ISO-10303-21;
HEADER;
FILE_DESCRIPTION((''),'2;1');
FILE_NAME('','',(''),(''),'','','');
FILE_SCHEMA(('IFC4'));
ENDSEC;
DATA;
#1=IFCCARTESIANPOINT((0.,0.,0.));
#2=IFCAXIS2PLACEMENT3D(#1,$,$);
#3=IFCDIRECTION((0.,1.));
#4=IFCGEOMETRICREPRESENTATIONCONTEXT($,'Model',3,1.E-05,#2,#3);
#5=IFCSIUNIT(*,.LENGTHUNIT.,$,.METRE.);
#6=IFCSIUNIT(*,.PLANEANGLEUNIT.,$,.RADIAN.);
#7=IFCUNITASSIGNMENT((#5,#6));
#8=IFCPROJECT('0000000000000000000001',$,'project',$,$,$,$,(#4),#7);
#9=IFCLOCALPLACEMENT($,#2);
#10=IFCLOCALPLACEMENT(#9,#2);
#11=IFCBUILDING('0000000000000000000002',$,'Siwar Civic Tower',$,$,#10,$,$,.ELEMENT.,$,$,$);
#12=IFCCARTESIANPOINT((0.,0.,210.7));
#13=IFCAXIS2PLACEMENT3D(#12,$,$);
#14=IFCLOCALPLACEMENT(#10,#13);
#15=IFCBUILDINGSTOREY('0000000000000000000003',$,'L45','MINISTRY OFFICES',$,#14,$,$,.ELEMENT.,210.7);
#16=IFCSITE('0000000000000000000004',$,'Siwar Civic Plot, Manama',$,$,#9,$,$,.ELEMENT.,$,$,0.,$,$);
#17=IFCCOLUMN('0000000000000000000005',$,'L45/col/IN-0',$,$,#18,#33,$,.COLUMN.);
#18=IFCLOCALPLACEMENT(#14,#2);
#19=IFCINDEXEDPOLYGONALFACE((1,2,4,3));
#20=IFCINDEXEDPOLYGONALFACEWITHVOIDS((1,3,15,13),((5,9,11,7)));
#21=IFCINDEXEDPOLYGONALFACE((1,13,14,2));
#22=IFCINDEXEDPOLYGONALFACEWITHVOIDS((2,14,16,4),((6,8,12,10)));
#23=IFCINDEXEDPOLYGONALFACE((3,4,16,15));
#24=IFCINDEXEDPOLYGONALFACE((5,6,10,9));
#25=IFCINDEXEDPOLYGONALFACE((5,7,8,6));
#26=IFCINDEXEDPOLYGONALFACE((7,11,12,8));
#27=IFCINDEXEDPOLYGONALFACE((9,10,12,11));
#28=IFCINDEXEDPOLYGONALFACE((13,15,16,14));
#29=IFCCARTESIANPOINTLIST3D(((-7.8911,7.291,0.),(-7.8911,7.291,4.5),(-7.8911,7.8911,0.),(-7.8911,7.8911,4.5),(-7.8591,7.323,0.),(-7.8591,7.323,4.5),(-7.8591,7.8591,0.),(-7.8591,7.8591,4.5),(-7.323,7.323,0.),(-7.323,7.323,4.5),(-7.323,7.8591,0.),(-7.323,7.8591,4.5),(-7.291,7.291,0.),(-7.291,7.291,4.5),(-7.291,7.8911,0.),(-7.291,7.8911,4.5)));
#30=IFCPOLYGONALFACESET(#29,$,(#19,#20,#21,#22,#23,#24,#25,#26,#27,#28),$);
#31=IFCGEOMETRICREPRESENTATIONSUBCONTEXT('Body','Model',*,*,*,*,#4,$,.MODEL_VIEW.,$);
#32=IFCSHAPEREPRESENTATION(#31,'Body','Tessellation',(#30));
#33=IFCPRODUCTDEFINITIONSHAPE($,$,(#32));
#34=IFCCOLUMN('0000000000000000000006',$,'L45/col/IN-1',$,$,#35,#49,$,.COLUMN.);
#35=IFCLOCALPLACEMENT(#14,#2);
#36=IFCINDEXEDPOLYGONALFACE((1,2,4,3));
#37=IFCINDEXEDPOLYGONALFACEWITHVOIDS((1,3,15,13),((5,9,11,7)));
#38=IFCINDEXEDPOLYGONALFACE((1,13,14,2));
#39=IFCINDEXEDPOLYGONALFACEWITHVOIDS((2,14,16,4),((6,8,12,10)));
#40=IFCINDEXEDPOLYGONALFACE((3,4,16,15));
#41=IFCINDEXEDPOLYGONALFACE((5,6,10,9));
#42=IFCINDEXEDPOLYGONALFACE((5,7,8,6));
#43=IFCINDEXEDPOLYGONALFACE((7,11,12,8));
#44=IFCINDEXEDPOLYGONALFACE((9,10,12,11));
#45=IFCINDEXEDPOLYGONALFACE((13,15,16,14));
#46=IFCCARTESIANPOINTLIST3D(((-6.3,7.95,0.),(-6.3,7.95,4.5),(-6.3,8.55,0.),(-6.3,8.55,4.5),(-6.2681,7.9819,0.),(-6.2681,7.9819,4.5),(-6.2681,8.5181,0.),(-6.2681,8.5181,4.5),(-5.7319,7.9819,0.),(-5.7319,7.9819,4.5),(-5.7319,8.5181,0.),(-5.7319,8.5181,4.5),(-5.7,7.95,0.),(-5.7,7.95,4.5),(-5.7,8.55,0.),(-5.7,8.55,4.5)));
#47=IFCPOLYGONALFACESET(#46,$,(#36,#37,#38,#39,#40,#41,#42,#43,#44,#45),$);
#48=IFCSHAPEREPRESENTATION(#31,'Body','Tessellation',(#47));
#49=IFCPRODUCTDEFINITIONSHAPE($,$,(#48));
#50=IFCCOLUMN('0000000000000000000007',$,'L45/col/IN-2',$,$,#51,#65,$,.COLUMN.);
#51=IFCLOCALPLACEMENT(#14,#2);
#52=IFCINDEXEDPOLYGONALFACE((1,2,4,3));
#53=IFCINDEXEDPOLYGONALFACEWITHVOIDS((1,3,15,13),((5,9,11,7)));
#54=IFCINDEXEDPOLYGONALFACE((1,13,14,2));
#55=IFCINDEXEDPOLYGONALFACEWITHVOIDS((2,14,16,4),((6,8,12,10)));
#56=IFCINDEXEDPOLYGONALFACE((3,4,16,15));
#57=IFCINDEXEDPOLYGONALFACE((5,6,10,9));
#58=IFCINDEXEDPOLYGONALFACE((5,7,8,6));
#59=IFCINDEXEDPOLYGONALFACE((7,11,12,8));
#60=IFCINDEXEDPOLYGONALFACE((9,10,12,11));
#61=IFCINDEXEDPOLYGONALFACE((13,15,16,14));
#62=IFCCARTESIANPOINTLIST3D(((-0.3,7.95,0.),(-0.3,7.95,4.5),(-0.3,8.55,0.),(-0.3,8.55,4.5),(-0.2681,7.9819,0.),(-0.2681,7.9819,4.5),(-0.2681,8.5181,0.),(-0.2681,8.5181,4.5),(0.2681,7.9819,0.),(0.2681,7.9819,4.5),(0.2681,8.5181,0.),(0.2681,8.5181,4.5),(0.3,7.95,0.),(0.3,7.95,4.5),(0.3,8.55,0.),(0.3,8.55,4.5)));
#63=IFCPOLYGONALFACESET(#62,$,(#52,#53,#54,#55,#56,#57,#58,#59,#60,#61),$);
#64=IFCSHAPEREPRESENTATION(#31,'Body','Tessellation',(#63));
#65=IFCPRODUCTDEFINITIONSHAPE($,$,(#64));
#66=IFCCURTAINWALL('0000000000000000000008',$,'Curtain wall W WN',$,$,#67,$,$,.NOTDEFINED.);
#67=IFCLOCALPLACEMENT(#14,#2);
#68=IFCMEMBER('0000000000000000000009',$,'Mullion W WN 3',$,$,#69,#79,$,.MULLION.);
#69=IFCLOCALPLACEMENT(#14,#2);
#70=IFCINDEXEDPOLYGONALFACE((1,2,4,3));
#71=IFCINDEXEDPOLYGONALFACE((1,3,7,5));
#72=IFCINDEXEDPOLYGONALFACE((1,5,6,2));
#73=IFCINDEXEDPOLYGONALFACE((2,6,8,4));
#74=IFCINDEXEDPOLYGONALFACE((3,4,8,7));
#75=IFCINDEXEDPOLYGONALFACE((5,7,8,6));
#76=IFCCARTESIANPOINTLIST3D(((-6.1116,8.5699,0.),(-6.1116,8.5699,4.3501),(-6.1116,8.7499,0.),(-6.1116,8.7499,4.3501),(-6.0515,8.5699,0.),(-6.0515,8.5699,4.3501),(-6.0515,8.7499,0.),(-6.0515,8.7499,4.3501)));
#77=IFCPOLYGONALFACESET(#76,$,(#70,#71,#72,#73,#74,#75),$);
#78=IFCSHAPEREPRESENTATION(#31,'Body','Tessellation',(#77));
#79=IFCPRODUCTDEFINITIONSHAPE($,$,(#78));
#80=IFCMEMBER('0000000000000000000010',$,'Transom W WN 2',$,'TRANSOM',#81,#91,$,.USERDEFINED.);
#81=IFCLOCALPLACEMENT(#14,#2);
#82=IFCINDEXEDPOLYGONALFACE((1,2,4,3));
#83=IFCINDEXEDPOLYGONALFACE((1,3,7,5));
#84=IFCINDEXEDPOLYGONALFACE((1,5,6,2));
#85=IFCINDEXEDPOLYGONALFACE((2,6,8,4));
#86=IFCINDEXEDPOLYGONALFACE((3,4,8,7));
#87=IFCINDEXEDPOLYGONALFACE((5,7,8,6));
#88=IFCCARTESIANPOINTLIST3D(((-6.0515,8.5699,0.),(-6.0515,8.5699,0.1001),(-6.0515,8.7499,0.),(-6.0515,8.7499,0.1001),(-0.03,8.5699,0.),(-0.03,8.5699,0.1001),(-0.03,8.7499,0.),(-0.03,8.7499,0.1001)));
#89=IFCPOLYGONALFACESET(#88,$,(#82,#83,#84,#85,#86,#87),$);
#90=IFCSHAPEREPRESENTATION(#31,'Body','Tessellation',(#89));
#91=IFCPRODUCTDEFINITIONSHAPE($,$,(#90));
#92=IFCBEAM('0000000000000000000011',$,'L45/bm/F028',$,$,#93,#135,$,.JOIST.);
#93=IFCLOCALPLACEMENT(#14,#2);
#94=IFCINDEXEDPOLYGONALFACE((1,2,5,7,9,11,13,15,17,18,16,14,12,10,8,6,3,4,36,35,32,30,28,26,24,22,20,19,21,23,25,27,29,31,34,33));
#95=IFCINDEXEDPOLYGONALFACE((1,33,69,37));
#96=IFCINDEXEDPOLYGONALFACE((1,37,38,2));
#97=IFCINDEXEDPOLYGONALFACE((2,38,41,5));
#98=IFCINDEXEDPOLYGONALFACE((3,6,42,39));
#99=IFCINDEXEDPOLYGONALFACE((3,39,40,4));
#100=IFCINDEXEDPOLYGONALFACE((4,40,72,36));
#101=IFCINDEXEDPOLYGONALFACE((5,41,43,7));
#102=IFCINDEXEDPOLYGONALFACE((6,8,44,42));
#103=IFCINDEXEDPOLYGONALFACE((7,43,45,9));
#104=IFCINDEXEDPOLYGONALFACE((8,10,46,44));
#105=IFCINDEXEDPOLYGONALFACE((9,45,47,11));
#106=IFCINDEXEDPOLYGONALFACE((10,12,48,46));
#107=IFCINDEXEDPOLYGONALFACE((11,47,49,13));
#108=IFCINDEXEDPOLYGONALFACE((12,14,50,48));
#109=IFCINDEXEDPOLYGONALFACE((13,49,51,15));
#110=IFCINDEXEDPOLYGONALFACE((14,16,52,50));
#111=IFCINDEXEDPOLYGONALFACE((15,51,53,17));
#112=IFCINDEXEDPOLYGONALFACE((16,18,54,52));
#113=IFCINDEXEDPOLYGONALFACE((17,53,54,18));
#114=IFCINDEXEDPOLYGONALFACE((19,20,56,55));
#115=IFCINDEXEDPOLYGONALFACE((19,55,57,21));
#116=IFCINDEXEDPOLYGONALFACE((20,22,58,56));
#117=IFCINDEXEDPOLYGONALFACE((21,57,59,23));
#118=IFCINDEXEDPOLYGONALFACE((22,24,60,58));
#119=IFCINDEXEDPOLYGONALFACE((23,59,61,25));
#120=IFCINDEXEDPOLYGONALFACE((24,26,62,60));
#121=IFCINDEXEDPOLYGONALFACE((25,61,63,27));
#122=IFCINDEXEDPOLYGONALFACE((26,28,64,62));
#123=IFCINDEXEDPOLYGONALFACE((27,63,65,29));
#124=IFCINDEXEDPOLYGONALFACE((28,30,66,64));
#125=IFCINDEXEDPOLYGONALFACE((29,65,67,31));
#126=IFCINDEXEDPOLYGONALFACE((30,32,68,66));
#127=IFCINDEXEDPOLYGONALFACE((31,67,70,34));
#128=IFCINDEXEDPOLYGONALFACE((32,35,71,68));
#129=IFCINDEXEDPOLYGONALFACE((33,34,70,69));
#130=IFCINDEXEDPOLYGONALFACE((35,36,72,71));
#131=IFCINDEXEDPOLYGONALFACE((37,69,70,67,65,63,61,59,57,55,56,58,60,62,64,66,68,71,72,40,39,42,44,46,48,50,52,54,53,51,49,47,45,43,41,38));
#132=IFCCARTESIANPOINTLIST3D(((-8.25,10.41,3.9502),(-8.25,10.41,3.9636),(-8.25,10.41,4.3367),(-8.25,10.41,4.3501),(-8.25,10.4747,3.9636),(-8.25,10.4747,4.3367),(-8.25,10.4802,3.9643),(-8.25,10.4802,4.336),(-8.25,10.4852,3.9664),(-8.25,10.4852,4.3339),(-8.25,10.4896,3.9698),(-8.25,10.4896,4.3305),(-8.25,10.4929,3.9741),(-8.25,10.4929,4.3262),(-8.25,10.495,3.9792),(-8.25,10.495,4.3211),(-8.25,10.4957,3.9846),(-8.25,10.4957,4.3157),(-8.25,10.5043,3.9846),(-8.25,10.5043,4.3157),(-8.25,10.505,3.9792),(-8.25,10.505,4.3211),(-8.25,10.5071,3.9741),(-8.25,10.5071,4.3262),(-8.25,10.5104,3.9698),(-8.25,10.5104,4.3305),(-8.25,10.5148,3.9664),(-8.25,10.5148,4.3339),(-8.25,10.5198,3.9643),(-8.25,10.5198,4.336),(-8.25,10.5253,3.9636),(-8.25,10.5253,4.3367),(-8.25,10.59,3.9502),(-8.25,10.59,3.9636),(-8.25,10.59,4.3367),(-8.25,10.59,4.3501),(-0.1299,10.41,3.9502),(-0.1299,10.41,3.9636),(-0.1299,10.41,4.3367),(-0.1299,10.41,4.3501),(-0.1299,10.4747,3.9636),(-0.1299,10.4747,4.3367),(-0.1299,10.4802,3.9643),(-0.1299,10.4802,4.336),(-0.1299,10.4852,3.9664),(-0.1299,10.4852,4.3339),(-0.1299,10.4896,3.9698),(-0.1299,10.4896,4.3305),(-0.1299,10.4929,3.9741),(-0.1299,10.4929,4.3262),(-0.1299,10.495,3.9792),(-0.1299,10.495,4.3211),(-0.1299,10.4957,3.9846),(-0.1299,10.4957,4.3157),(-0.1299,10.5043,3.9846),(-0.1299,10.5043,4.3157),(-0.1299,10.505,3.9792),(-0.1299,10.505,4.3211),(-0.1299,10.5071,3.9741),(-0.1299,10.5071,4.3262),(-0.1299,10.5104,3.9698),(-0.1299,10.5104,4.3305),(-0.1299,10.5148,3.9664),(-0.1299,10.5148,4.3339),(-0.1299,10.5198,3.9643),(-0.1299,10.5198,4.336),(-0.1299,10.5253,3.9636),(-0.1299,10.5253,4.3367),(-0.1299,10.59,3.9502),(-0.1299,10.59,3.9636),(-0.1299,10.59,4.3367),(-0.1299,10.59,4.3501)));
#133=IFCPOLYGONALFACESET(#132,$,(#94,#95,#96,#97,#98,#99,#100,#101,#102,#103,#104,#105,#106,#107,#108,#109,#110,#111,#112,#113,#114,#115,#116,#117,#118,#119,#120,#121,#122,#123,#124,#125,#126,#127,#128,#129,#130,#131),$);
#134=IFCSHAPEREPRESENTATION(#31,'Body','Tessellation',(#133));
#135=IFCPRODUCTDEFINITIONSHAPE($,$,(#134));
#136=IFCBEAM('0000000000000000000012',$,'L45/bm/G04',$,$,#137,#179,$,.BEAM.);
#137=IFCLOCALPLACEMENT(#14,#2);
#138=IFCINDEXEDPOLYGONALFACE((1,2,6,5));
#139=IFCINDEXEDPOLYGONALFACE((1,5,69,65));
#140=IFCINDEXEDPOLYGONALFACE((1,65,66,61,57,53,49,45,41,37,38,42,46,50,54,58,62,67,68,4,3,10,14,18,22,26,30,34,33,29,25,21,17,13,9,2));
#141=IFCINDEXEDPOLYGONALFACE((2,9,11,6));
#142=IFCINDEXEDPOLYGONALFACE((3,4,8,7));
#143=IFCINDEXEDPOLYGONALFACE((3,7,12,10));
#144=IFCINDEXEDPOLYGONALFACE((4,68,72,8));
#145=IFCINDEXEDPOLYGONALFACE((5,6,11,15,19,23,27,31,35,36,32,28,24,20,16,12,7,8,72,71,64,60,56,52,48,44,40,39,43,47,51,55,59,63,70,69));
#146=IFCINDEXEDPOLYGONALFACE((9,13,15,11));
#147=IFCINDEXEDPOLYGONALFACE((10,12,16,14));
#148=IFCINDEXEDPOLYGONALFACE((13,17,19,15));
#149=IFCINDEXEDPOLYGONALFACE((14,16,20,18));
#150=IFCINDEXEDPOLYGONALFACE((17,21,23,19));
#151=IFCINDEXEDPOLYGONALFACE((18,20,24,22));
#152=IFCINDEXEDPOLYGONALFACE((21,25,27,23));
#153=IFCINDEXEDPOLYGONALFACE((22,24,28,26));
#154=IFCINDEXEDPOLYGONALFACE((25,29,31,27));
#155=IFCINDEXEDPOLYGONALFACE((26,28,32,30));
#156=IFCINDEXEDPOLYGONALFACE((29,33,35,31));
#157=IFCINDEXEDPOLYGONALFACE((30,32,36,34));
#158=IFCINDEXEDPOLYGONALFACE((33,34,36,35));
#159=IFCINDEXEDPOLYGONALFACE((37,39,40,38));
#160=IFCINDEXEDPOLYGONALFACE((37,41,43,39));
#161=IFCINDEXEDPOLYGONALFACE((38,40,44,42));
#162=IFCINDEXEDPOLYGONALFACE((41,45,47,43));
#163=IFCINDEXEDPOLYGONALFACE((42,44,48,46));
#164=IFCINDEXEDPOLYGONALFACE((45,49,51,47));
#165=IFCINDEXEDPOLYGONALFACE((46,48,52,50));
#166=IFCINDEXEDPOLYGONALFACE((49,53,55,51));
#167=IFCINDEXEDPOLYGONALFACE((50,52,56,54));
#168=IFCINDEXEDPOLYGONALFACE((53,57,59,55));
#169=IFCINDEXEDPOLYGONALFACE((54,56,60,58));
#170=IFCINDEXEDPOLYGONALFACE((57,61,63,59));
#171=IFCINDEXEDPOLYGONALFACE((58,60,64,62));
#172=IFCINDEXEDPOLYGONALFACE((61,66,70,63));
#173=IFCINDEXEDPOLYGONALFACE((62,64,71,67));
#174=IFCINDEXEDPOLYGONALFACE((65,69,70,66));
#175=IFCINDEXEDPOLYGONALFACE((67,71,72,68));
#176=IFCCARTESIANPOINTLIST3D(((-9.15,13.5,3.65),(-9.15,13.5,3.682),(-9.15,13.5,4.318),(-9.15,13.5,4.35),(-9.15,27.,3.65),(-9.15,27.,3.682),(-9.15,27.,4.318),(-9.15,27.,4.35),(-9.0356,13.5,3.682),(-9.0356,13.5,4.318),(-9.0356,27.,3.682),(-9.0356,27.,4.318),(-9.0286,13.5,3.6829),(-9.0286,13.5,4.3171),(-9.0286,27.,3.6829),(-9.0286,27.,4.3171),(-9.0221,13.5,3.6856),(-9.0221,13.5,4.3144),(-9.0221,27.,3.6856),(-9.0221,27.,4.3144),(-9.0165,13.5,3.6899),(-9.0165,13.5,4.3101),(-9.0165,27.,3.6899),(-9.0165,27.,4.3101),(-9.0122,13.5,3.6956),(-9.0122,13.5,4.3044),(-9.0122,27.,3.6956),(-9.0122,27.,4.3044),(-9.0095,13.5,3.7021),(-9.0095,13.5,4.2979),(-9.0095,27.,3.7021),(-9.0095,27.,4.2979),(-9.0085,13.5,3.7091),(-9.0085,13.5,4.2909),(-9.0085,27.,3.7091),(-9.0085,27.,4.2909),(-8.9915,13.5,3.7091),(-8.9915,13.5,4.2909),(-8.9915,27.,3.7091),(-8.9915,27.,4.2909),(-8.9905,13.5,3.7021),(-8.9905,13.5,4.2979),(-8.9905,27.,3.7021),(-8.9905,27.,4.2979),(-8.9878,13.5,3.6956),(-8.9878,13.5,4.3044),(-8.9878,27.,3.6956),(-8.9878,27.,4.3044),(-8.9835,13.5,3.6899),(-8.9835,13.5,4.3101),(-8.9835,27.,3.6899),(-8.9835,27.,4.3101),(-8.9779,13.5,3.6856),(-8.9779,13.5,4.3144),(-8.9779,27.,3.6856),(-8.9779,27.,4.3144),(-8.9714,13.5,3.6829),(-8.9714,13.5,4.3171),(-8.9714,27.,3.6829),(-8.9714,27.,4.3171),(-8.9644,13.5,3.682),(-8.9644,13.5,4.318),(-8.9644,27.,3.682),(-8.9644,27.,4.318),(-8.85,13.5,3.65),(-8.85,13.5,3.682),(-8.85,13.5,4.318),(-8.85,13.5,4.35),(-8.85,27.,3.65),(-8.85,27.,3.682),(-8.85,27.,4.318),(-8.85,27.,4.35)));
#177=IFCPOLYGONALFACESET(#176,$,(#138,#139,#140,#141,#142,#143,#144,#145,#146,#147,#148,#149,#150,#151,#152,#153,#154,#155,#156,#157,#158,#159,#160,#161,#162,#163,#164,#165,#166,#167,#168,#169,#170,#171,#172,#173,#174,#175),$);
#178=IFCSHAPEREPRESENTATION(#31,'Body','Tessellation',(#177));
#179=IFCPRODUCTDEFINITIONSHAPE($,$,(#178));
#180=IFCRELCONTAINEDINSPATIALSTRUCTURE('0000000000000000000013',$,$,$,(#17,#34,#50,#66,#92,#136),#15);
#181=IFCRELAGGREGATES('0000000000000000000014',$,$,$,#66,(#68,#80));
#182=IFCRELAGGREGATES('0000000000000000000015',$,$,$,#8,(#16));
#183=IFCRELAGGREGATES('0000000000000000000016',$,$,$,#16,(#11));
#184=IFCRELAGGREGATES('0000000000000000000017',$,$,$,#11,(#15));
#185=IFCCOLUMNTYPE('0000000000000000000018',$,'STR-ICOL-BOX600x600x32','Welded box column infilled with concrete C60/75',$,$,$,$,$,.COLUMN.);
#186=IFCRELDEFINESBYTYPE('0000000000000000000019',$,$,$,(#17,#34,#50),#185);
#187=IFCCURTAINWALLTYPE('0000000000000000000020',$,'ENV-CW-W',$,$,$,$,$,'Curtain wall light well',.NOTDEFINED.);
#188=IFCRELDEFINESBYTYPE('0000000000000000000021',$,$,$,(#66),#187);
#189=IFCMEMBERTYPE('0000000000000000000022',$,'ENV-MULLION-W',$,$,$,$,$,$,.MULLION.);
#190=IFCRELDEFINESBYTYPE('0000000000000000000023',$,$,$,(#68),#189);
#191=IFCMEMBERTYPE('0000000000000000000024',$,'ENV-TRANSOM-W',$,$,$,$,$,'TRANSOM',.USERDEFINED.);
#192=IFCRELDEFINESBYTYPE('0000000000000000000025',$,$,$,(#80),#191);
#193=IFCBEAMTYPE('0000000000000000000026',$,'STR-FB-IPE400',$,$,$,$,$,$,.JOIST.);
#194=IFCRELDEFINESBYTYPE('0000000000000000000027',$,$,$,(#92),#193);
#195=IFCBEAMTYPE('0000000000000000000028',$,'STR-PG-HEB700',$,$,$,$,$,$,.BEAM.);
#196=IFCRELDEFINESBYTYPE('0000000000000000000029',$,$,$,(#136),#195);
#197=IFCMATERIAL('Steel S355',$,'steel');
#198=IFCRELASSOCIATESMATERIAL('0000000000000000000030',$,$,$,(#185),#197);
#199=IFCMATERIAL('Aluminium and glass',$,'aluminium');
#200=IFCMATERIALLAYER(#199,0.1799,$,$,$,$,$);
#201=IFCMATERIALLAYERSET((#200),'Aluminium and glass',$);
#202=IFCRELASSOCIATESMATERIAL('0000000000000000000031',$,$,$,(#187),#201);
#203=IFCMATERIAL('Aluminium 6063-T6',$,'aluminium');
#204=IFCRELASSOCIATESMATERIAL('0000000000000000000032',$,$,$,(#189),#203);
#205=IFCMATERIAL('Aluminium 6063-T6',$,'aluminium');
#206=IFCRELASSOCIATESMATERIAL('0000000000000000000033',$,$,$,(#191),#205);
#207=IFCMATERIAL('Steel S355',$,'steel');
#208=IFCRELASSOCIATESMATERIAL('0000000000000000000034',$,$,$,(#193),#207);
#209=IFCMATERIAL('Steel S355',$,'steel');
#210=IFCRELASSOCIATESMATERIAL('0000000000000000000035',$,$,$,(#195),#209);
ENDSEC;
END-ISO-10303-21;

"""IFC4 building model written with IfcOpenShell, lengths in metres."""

from ifc_helpers import new_model, si_unit, direction, frame, origin, origin_2d, place, context, subcontext, project, spatial, rectangle, hollow_rectangle, i_section, extrude, material, layer, layer_set, material_profile, profile_set, type_object, element, aggregate, save


model = new_model("IFC4")

# Units and contexts
model_context = context("Model", 3, precision=1e-05, world=origin(), true_north=direction((0.0, 1.0)))
body_context = subcontext(model_context, "Body", "Model", "MODEL_VIEW")
ifc_project = project(units=[si_unit("LENGTHUNIT", "METRE"), si_unit("PLANEANGLEUNIT", "RADIAN")], contexts=[model_context])

# Site, building, storey
site_placement = place(None, origin())
site = spatial("IfcSite", under=ifc_project, at=site_placement, Name="Siwar Civic Plot, Manama", CompositionType="ELEMENT", RefElevation=0.0)
building_placement = place(site_placement, origin())
building = spatial("IfcBuilding", under=site, at=building_placement, Name="Siwar Civic Tower", CompositionType="ELEMENT")
storey_placement = place(building_placement, frame((0.0, 0.0, 210.7)))
storey = spatial("IfcBuildingStorey", under=building, at=storey_placement, Name="L45", Description="MINISTRY OFFICES", CompositionType="ELEMENT", Elevation=210.7)

# Columns
ifc_material_1 = material(Name="Steel S355", Category="steel")
ifc_material_profile_1 = material_profile(ifc_material_1, hollow_rectangle(XDim=0.6001, YDim=0.6001, WallThickness=0.032, at=origin_2d()), Name="BOX600x600x32")
ifc_profile_set_1 = profile_set([ifc_material_profile_1], Name="Steel S355")
column_type = type_object("IfcColumnType", Name="STR-ICOL-BOX600x600x32", Description="Welded box column infilled with concrete C60/75", PredefinedType="COLUMN", material=ifc_profile_set_1)
for number, where, z_axis, x_axis, name in (
    (1, (-7.5911, 7.5911, 0.0), (0.0, 0.0, 1.0), (1.0, 0.0, 0.0), "L45/col/IN-0"),
    (2, (-6.0, 8.25, 0.0), (0.0, 0.0, 1.0), (1.0, 0.0, 0.0), "L45/col/IN-1"),
    (3, (0.0, 8.25, 0.0), (0.0, 0.0, 1.0), (1.0, 0.0, 0.0), "L45/col/IN-2"),
):
    element("IfcColumn", number, at=place(storey_placement, frame(where, z_axis=z_axis, x_axis=x_axis)), inside=storey, type_object=column_type, Name=name, PredefinedType="COLUMN", context=body_context, shape_type="SweptSolid", body=[
        extrude(hollow_rectangle(XDim=0.6001, YDim=0.6001, WallThickness=0.032, at=origin_2d()), origin(), (0.0, 0.0, 1.0), 4.5),
    ])

# Curtain wall, members
ifc_material_2 = material(Name="Aluminium and glass", Category="aluminium")
ifc_layer_1 = layer(ifc_material_2, 0.1799)
ifc_layer_set_1 = layer_set([ifc_layer_1], Name="Aluminium and glass")
curtain_wall_type = type_object("IfcCurtainWallType", Name="ENV-CW-W", ElementType="Curtain wall light well", PredefinedType="NOTDEFINED", material=ifc_layer_set_1)
curtain_wall_placement = place(storey_placement, origin())
curtain_wall = element("IfcCurtainWall", 4, at=curtain_wall_placement, inside=storey, type_object=curtain_wall_type, Name="Curtain wall W WN", PredefinedType="NOTDEFINED")
ifc_material_3 = material(Name="Aluminium 6063-T6", Category="aluminium")
ifc_material_profile_2 = material_profile(ifc_material_3, rectangle(XDim=0.1799, YDim=0.0601, at=origin_2d()), Name="AL 180x60")
ifc_profile_set_2 = profile_set([ifc_material_profile_2], Name="Aluminium 6063-T6")
member_type_1 = type_object("IfcMemberType", Name="ENV-MULLION-W", PredefinedType="MULLION", material=ifc_profile_set_2)
member_1_placement = place(storey_placement, frame((-6.0815, 8.6599, 0.0), z_axis=(0.0, 0.0, 1.0), x_axis=(0.0, -1.0, 0.0)))
member_1 = element("IfcMember", 5, at=member_1_placement, type_object=member_type_1, Name="Mullion W WN 3", PredefinedType="MULLION", context=body_context, shape_type="SweptSolid", body=[
    extrude(rectangle(XDim=0.1799, YDim=0.0601, at=origin_2d()), origin(), (0.0, 0.0, 1.0), 4.3501),
])
ifc_material_4 = material(Name="Aluminium 6063-T6", Category="aluminium")
ifc_material_profile_3 = material_profile(ifc_material_4, rectangle(XDim=0.1799, YDim=0.1001, at=origin_2d()), Name="AL 180x100")
ifc_profile_set_3 = profile_set([ifc_material_profile_3], Name="Aluminium 6063-T6")
member_type_2 = type_object("IfcMemberType", Name="ENV-TRANSOM-W", ElementType="TRANSOM", PredefinedType="USERDEFINED", material=ifc_profile_set_3)
member_2_placement = place(storey_placement, frame((-0.03, 8.6599, 0.05), z_axis=(-1.0, 0.0, 0.0), x_axis=(0.0, -1.0, 0.0)))
member_2 = element("IfcMember", 6, at=member_2_placement, type_object=member_type_2, Name="Transom W WN 2", ObjectType="TRANSOM", PredefinedType="USERDEFINED", context=body_context, shape_type="SweptSolid", body=[
    extrude(rectangle(XDim=0.1799, YDim=0.1001, at=origin_2d()), origin(), (0.0, 0.0, 1.0), 6.0215),
])

# Beams
ifc_material_5 = material(Name="Steel S355", Category="steel")
ifc_material_profile_4 = material_profile(ifc_material_5, i_section(OverallWidth=0.1799, OverallDepth=0.3999, WebThickness=0.0085, FlangeThickness=0.0134, FilletRadius=0.021, at=origin_2d()), Name="IPE400")
ifc_profile_set_4 = profile_set([ifc_material_profile_4], Name="Steel S355")
beam_type_1 = type_object("IfcBeamType", Name="STR-FB-IPE400", PredefinedType="JOIST", material=ifc_profile_set_4)
beam_1_placement = place(storey_placement, frame((-8.25, 10.5, 4.1501), z_axis=(1.0, 0.0, 0.0), x_axis=(0.0, 1.0, 0.0)))
element("IfcBeam", 7, at=beam_1_placement, inside=storey, type_object=beam_type_1, Name="L45/bm/F028", PredefinedType="JOIST", context=body_context, shape_type="SweptSolid", body=[
    extrude(i_section(OverallWidth=0.1799, OverallDepth=0.3999, WebThickness=0.0085, FlangeThickness=0.0134, FilletRadius=0.021, at=origin_2d()), origin(), (0.0, 0.0, 1.0), 8.1201),
])
ifc_material_6 = material(Name="Steel S355", Category="steel")
ifc_material_profile_5 = material_profile(ifc_material_6, i_section(OverallWidth=0.3, OverallDepth=0.7, WebThickness=0.0171, FlangeThickness=0.032, FilletRadius=0.0271, at=origin_2d()), Name="HEB700")
ifc_profile_set_5 = profile_set([ifc_material_profile_5], Name="Steel S355")
beam_type_2 = type_object("IfcBeamType", Name="STR-PG-HEB700", PredefinedType="BEAM", material=ifc_profile_set_5)
beam_2_placement = place(storey_placement, frame((-9.0, 13.5, 4.0), z_axis=(0.0, 1.0, 0.0), x_axis=(-1.0, 0.0, 0.0)))
element("IfcBeam", 8, at=beam_2_placement, inside=storey, type_object=beam_type_2, Name="L45/bm/G04", PredefinedType="BEAM", context=body_context, shape_type="SweptSolid", body=[
    extrude(i_section(OverallWidth=0.3, OverallDepth=0.7, WebThickness=0.0171, FlangeThickness=0.032, FilletRadius=0.0271, at=origin_2d()), origin(), (0.0, 0.0, 1.0), 13.5),
])

aggregate(curtain_wall, [member_1, member_2])

save(model, "model.ifc")
